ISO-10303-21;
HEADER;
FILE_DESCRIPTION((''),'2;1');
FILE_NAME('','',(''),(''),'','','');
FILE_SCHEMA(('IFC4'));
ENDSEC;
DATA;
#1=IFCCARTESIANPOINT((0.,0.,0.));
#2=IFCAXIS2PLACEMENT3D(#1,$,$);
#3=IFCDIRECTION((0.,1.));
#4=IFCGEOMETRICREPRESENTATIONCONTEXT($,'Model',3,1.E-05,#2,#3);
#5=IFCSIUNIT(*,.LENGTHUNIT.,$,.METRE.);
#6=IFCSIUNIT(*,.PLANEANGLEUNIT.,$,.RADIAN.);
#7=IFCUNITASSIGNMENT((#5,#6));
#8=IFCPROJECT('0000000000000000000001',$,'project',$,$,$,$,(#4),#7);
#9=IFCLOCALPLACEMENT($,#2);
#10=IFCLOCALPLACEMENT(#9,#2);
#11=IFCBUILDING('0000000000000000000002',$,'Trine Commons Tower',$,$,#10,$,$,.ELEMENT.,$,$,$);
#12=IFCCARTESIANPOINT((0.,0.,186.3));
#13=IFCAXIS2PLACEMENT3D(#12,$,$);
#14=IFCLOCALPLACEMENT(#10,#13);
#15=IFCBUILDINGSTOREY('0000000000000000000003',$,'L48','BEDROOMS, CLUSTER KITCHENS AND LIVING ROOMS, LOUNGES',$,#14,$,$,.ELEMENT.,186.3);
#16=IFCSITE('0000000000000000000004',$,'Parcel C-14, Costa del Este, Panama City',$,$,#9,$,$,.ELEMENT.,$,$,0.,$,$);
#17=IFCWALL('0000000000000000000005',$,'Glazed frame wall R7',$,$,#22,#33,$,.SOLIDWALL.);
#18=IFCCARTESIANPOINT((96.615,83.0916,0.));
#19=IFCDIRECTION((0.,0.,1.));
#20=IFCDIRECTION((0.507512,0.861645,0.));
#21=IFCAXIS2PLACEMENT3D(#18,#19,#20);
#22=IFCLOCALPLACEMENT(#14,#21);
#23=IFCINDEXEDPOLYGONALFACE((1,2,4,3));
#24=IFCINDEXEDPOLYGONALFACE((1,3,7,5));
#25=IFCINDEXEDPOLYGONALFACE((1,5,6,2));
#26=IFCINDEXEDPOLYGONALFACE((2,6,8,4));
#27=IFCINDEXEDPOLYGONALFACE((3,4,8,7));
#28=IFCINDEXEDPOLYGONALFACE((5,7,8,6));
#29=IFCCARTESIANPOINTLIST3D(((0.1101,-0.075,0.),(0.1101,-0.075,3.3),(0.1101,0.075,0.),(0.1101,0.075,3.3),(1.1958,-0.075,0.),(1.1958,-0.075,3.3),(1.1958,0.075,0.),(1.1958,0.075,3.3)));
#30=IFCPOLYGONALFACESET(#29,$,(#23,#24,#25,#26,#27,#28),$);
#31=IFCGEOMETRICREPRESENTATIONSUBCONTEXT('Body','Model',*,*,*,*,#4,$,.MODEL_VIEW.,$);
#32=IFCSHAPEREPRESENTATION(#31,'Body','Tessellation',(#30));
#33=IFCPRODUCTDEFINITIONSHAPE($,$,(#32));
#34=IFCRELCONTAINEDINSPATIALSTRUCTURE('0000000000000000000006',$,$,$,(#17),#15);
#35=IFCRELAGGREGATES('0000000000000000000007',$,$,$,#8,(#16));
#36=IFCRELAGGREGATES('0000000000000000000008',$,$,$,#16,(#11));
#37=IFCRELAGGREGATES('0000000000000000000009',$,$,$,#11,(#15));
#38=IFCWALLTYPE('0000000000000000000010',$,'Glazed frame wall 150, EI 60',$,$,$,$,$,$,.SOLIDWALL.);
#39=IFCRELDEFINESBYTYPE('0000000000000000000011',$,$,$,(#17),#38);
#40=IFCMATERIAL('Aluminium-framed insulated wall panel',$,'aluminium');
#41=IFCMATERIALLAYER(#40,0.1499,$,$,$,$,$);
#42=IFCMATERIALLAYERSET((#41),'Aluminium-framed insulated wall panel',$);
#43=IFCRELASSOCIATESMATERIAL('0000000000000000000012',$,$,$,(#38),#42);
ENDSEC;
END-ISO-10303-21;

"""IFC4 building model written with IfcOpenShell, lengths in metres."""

from ifc_helpers import new_model, si_unit, direction, frame, origin, place, context, subcontext, project, spatial, polyline, outline, extrude, material, layer, layer_set, type_object, element, save


model = new_model("IFC4")

# Units and contexts
model_context = context("Model", 3, precision=1e-05, world=origin(), true_north=direction((0.0, 1.0)))
body_context = subcontext(model_context, "Body", "Model", "MODEL_VIEW")
ifc_project = project(units=[si_unit("LENGTHUNIT", "METRE"), si_unit("PLANEANGLEUNIT", "RADIAN")], contexts=[model_context])

# Site, building, storey
site_placement = place(None, origin())
site = spatial("IfcSite", under=ifc_project, at=site_placement, Name="Parcel C-14, Costa del Este, Panama City", CompositionType="ELEMENT", RefElevation=0.0)
building_placement = place(site_placement, origin())
building = spatial("IfcBuilding", under=site, at=building_placement, Name="Trine Commons Tower", CompositionType="ELEMENT")
storey_placement = place(building_placement, frame((0.0, 0.0, 186.3)))
storey = spatial("IfcBuildingStorey", under=building, at=storey_placement, Name="L48", Description="BEDROOMS, CLUSTER KITCHENS AND LIVING ROOMS, LOUNGES", CompositionType="ELEMENT", Elevation=186.3)

# Shared definitions
ifc_material_1 = material(Name="Aluminium-framed insulated wall panel", Category="aluminium")
ifc_layer_1 = layer(ifc_material_1, 0.1499)
ifc_layer_set_1 = layer_set([ifc_layer_1], Name="Aluminium-framed insulated wall panel")
wall_type_1 = type_object("IfcWallType", Name="Glazed frame wall 150, EI 60", PredefinedType="SOLIDWALL", material=ifc_layer_set_1)

# Wall
wall_1_placement = place(storey_placement, frame((96.615, 83.0916, 0.0), z_axis=(0.0, 0.0, 1.0), x_axis=(0.507512, 0.861645, 0.0)))
element("IfcWall", 1, at=wall_1_placement, inside=storey, type_object=wall_type_1, Name="Glazed frame wall R7", PredefinedType="SOLIDWALL", context=body_context, shape_type="SweptSolid", body=[
    extrude(outline(polyline([(0.1101, 0.075), (0.1101, -0.075), (1.1958, -0.075), (1.1958, 0.075), (0.1101, 0.075)])), origin(), (0.0, 0.0, 1.0), 3.3),
])

save(model, "model.ifc")
